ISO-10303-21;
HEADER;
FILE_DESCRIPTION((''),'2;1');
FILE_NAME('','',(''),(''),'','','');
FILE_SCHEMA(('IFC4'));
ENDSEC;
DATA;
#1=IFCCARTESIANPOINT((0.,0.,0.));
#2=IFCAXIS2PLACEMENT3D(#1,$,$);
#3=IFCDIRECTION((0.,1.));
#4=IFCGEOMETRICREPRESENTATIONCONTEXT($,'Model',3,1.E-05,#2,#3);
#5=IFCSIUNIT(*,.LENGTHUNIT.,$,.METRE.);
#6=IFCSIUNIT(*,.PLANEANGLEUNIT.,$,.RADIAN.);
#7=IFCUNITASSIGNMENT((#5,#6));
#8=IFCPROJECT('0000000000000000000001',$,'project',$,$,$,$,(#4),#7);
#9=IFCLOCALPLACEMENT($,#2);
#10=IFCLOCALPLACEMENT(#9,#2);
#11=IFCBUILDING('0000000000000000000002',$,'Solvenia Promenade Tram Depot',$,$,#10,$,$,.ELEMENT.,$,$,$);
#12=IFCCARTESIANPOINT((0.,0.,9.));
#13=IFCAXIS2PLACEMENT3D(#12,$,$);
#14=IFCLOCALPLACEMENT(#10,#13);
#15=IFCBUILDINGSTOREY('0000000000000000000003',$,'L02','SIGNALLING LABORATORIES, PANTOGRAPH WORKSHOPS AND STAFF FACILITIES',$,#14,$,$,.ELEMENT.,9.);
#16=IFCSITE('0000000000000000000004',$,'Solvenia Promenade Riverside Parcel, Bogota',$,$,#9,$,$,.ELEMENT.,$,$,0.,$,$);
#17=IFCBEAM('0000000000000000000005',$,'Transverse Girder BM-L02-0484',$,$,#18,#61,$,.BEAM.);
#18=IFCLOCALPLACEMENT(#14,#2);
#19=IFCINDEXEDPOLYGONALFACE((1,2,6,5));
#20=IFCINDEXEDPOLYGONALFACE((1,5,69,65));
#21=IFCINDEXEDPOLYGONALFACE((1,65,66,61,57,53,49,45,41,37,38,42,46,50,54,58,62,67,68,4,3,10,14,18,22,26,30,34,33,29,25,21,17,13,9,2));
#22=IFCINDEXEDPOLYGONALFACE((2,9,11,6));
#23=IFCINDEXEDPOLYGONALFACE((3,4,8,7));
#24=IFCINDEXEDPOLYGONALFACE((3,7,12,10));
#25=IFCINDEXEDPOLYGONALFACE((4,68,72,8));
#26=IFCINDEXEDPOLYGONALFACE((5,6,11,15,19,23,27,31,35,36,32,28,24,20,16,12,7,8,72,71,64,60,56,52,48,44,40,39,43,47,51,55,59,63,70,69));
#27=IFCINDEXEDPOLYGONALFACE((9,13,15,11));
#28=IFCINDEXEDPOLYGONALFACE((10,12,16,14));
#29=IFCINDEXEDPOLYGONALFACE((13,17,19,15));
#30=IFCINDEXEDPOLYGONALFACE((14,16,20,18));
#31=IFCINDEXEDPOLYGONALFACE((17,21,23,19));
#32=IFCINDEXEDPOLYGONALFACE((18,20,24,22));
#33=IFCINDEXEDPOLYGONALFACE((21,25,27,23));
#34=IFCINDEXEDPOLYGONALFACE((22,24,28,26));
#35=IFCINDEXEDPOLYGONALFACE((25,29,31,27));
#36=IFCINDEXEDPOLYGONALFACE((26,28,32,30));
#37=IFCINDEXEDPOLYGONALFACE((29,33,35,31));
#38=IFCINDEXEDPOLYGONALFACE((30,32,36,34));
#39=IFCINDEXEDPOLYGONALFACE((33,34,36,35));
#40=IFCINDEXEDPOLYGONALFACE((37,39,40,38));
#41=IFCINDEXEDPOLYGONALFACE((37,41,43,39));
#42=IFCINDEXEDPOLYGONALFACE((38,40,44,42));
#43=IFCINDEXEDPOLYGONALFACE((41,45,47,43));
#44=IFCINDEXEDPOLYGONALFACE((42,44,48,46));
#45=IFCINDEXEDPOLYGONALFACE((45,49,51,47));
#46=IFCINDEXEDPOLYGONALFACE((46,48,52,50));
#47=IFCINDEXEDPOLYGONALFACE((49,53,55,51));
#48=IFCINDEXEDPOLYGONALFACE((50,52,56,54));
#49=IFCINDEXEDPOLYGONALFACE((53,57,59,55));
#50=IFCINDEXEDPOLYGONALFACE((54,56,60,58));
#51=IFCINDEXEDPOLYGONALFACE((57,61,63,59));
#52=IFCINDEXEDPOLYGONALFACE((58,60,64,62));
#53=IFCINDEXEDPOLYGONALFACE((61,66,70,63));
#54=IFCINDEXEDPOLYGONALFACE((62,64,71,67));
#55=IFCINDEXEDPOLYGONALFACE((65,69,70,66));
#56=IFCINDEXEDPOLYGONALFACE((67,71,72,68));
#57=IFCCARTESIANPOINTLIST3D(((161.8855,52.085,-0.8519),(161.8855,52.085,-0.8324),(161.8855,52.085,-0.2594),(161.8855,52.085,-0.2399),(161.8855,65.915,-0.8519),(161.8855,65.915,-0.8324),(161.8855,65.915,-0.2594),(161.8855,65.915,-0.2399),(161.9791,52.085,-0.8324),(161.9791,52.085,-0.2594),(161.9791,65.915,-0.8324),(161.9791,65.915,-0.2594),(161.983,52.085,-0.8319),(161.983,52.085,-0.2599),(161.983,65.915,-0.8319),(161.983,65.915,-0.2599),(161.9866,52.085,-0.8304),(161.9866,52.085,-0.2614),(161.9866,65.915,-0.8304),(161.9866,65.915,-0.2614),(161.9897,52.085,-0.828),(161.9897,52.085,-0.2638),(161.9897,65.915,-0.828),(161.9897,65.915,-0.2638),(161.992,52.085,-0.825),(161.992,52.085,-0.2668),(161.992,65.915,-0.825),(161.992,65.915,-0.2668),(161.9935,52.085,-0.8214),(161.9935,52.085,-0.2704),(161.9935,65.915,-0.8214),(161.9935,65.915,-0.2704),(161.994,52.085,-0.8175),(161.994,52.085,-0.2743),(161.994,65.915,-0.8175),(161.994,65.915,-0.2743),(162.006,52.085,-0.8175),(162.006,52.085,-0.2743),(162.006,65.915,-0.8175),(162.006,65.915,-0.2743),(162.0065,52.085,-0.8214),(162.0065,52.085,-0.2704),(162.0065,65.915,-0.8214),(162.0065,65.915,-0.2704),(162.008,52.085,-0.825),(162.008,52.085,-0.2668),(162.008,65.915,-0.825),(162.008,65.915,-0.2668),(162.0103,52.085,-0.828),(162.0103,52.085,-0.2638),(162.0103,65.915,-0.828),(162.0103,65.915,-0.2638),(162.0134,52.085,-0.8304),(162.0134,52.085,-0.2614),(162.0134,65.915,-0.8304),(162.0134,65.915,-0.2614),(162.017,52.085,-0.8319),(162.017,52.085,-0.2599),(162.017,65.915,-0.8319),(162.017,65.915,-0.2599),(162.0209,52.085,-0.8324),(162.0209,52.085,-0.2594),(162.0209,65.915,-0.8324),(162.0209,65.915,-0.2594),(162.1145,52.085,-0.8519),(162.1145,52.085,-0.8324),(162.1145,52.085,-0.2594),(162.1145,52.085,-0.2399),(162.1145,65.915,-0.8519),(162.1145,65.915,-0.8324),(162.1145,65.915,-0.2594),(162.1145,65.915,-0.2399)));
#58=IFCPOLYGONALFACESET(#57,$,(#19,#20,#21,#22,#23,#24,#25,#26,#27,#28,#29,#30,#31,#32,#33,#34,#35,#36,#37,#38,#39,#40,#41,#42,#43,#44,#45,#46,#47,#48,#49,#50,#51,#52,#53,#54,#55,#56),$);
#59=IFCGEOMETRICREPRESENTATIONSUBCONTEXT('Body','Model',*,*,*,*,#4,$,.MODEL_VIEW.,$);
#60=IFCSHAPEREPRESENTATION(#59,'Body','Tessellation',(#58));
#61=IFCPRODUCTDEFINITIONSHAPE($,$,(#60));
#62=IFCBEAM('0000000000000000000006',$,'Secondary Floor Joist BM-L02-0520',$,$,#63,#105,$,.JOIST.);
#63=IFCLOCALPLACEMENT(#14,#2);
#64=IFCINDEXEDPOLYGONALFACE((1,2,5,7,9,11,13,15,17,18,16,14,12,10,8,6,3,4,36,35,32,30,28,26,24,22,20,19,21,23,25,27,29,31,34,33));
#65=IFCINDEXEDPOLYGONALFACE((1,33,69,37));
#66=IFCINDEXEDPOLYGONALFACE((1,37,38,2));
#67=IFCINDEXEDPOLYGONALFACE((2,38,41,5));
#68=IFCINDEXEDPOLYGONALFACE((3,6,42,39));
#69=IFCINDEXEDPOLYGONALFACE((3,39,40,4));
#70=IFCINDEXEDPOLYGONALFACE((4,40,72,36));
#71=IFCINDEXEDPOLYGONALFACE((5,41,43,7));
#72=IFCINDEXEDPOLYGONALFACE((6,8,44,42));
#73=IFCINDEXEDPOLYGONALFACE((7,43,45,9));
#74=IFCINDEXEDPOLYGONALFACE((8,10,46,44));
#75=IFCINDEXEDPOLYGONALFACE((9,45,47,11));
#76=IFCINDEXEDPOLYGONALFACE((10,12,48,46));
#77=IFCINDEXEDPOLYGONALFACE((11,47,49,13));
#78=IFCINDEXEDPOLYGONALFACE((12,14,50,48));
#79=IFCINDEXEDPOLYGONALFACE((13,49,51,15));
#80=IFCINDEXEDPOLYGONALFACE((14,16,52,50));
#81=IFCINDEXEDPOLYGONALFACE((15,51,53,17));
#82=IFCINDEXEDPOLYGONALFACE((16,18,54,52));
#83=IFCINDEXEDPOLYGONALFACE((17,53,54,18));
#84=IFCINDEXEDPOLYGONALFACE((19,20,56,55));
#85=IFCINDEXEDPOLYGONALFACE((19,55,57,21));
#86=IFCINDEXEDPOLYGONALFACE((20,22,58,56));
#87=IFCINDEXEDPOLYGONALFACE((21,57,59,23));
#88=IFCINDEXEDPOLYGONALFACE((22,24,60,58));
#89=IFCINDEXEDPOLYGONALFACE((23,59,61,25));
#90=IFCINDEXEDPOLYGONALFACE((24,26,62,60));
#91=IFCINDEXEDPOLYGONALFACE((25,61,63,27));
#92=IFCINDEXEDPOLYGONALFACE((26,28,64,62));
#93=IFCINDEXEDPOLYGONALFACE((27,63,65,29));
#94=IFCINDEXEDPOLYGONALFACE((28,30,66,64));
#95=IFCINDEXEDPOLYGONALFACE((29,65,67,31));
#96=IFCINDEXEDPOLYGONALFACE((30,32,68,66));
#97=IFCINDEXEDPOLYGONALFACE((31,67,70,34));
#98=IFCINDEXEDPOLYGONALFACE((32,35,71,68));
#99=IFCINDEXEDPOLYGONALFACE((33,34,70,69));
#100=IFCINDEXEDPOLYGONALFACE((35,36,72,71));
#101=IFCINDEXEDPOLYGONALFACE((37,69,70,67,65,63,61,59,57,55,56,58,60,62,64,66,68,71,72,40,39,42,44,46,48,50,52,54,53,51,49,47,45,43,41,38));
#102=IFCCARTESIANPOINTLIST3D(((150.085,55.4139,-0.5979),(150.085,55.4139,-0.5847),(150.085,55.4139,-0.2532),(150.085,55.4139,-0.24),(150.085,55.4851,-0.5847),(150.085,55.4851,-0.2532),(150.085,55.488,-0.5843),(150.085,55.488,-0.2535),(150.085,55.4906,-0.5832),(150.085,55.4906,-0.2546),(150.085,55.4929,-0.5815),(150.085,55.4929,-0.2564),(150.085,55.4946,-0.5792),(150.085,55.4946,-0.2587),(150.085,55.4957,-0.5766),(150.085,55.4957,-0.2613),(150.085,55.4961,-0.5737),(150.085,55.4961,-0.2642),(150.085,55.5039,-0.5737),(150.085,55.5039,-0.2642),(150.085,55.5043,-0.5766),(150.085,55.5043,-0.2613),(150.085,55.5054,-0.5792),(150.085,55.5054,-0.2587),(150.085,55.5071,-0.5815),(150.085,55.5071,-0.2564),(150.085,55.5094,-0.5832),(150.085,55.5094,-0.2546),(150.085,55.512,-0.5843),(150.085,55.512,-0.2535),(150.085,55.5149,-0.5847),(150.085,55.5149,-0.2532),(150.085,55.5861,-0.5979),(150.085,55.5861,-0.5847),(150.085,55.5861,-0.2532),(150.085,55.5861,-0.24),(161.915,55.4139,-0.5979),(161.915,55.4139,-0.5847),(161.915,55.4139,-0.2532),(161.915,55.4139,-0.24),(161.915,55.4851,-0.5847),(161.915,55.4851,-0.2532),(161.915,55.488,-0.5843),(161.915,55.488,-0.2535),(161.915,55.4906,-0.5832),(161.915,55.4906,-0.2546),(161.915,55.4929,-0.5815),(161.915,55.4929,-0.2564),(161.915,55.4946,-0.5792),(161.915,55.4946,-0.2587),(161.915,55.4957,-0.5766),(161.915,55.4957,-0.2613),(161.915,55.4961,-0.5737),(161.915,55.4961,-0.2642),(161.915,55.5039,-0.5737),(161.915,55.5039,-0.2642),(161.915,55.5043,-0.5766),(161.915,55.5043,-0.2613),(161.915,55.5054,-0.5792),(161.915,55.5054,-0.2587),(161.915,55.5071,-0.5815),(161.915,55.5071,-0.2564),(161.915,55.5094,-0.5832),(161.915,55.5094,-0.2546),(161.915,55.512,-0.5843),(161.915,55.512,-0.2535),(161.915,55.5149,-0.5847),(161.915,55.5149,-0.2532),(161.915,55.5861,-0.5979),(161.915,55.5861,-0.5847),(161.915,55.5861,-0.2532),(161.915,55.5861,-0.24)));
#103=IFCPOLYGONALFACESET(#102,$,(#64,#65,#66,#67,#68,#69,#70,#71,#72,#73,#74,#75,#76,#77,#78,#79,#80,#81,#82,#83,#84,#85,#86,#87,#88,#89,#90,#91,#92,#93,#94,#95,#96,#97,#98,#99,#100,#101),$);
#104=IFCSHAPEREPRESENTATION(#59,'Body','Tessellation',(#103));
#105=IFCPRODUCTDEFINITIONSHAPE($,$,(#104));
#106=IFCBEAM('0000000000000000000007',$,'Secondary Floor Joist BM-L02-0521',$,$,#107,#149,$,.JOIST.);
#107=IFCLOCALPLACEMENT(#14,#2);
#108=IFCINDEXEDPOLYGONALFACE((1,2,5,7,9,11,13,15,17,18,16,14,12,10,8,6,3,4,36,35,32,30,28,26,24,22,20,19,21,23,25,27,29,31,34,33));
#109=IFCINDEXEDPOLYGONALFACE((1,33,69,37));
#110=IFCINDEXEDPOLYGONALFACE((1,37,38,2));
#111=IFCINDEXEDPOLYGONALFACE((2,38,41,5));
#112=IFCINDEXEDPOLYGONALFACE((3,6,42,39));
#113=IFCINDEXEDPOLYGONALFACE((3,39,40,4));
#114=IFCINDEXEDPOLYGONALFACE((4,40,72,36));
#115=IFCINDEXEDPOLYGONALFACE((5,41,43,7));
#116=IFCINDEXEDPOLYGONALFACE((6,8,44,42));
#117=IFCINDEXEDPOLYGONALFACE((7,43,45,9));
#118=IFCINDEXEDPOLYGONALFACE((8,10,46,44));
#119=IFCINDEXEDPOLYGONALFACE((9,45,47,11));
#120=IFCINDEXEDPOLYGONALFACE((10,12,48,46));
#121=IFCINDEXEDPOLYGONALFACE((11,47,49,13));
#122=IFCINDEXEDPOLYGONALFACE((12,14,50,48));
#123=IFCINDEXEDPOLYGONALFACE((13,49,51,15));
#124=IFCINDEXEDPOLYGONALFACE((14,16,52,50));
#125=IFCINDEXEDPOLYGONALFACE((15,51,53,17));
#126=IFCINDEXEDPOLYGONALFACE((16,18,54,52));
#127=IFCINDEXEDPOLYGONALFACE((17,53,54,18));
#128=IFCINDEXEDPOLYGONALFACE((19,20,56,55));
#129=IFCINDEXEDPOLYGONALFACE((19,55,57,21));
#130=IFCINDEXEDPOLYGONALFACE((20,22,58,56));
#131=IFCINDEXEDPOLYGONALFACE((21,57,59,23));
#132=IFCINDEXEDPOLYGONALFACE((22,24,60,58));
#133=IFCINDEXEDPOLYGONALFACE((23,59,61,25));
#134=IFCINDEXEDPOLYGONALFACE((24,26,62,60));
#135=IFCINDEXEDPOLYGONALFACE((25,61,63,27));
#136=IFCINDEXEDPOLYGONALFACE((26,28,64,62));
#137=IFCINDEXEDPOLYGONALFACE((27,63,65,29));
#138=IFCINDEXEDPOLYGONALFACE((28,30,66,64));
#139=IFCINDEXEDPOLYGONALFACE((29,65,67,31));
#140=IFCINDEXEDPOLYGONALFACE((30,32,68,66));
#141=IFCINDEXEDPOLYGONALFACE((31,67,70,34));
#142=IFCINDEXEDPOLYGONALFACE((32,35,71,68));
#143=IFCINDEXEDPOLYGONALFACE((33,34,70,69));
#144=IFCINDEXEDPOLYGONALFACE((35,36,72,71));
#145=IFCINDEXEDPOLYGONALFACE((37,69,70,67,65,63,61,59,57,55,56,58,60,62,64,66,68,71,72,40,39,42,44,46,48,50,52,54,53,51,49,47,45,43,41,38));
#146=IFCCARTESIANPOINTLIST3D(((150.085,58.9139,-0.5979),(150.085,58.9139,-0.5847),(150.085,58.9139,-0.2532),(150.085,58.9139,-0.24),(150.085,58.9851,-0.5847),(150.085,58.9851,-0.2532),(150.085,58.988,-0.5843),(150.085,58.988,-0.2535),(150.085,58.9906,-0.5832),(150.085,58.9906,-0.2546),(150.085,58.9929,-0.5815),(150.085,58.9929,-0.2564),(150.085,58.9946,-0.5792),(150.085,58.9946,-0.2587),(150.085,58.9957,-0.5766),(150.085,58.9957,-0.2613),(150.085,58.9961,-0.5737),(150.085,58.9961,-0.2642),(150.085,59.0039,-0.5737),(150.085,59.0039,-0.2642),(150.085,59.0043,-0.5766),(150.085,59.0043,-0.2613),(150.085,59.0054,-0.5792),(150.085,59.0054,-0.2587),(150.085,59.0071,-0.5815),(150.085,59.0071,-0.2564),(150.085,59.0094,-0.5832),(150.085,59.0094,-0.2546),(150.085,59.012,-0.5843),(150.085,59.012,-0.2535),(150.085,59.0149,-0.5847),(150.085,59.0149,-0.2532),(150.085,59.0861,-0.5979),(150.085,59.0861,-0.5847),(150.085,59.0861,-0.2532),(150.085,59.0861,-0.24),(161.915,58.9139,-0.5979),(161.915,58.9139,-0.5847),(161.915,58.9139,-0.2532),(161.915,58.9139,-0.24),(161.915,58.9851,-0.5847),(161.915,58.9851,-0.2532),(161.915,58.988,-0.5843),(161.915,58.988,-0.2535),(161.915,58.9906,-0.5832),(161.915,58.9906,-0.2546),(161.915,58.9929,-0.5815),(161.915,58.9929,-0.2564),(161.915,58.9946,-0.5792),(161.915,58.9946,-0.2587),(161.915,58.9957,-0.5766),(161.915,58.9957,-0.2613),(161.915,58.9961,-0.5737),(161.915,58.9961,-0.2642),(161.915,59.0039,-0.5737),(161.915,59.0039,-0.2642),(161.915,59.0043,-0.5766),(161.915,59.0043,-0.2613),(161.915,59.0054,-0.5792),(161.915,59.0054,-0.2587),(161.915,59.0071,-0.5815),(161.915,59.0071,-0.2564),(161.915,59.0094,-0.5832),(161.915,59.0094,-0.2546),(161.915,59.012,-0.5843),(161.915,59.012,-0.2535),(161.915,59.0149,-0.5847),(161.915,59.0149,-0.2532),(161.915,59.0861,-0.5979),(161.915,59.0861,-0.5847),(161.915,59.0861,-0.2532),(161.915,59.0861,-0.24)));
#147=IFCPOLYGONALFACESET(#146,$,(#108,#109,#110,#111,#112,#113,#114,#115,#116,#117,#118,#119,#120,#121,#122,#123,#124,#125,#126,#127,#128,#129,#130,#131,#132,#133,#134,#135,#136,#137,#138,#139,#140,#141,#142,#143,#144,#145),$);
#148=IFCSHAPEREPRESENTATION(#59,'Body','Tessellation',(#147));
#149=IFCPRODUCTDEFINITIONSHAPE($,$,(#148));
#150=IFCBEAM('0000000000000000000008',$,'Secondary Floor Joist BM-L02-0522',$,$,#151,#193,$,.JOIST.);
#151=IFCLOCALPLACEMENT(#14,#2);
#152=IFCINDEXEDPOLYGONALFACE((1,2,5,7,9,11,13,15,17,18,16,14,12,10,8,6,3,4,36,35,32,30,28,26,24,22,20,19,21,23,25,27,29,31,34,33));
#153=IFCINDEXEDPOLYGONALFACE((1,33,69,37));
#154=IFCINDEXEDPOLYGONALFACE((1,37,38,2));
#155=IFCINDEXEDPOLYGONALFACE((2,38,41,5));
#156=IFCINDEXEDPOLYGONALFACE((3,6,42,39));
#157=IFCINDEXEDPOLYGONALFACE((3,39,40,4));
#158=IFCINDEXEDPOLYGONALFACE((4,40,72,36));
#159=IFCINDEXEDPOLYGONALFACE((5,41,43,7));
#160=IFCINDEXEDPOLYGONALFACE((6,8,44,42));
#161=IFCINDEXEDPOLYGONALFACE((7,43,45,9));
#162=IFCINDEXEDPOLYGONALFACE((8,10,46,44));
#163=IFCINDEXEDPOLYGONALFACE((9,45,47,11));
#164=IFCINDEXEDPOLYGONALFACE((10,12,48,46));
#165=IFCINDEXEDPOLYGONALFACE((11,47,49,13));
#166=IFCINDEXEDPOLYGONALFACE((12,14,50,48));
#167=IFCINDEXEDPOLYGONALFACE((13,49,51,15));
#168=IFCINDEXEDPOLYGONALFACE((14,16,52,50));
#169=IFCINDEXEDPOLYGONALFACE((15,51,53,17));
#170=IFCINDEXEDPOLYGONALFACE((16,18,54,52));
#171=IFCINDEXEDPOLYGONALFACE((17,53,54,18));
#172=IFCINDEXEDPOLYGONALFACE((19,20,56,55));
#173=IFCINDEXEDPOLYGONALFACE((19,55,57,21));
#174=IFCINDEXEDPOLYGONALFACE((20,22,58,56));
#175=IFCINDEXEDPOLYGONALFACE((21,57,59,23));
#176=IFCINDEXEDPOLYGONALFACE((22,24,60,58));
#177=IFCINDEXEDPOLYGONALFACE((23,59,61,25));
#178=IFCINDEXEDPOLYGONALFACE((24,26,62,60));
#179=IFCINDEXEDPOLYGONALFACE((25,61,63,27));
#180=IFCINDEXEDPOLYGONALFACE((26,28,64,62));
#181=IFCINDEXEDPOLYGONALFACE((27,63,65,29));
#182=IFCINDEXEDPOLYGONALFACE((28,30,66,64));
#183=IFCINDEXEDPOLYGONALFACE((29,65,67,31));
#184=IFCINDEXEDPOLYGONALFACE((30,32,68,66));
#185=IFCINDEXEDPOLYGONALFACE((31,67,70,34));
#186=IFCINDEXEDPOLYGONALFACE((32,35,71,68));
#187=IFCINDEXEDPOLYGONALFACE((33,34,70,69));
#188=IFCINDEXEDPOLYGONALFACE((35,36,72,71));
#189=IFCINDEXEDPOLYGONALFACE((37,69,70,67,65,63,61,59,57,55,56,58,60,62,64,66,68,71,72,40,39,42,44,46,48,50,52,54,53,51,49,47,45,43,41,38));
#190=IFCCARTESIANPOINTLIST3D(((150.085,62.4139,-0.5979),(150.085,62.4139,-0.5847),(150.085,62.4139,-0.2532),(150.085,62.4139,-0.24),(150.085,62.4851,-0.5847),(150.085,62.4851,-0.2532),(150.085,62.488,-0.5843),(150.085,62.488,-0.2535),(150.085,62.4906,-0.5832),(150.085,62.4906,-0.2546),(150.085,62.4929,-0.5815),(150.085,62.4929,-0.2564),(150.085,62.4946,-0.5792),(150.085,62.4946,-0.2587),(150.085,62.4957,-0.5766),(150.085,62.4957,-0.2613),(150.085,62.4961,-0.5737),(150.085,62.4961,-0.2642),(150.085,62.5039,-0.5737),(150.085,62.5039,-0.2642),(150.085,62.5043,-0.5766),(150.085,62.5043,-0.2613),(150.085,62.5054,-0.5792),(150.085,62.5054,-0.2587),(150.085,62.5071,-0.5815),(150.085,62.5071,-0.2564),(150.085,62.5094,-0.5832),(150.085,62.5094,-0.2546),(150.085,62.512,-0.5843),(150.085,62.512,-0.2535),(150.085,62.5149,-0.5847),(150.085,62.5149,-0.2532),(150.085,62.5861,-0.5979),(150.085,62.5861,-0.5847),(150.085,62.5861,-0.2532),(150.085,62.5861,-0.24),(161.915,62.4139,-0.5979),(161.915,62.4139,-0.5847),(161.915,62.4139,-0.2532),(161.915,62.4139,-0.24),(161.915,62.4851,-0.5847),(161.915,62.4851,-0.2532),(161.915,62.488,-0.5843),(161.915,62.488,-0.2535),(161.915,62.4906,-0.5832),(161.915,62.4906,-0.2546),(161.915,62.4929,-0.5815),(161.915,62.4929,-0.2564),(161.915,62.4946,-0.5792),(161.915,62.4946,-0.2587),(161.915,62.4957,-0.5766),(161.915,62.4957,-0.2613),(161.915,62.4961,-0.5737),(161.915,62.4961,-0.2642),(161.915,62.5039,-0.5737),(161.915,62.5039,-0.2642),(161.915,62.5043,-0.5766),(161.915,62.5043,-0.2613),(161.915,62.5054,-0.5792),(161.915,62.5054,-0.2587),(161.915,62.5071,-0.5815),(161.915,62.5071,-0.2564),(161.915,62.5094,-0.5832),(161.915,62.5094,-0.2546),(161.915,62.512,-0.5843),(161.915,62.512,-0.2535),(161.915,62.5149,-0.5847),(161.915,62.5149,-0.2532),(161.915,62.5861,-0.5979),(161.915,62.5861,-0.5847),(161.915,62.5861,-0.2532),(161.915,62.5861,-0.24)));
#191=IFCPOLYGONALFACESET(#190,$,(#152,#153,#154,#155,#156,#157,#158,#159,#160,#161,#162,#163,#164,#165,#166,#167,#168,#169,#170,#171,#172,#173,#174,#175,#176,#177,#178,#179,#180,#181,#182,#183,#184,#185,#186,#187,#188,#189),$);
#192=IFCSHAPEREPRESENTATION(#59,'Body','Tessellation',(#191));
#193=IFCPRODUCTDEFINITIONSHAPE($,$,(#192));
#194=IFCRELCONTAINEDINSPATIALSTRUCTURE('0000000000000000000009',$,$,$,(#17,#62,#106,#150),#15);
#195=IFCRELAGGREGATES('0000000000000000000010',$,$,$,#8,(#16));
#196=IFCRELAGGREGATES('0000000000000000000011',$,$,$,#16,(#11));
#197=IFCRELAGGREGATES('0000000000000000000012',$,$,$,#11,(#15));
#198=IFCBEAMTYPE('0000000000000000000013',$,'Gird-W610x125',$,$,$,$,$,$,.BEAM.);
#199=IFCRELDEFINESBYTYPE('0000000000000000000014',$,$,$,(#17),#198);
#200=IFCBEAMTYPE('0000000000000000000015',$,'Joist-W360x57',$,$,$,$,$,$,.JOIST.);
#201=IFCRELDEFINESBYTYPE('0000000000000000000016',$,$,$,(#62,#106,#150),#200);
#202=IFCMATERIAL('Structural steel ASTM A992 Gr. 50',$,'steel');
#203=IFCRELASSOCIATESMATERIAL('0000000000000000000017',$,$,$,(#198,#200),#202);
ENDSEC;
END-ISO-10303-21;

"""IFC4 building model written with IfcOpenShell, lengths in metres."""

from ifc_helpers import new_model, si_unit, direction, frame, origin, origin_2d, place, context, subcontext, project, spatial, i_section, extrude, material, material_profile, profile_set, type_object, element, save


model = new_model("IFC4")

# Units and contexts
model_context = context("Model", 3, precision=1e-05, world=origin(), true_north=direction((0.0, 1.0)))
body_context = subcontext(model_context, "Body", "Model", "MODEL_VIEW")
ifc_project = project(units=[si_unit("LENGTHUNIT", "METRE"), si_unit("PLANEANGLEUNIT", "RADIAN")], contexts=[model_context])

# Site, building, storey
site_placement = place(None, origin())
site = spatial("IfcSite", under=ifc_project, at=site_placement, Name="Solvenia Promenade Riverside Parcel, Bogota", CompositionType="ELEMENT", RefElevation=0.0)
building_placement = place(site_placement, origin())
building = spatial("IfcBuilding", under=site, at=building_placement, Name="Solvenia Promenade Tram Depot", CompositionType="ELEMENT")
storey_placement = place(building_placement, frame((0.0, 0.0, 9.0)))
storey = spatial("IfcBuildingStorey", under=building, at=storey_placement, Name="L02", Description="SIGNALLING LABORATORIES, PANTOGRAPH WORKSHOPS AND STAFF FACILITIES", CompositionType="ELEMENT", Elevation=9.0)

# Shared definitions
ifc_material_1 = material(Name="Structural steel ASTM A992 Gr. 50", Category="steel")

# Beams
ifc_material_profile_1 = material_profile(ifc_material_1, i_section(OverallWidth=0.229, OverallDepth=0.6121, WebThickness=0.012, FlangeThickness=0.0195, FilletRadius=0.0149, at=origin_2d()), Name="W610x125", Category="steel")
ifc_profile_set_1 = profile_set([ifc_material_profile_1], Name="Structural steel ASTM A992 Gr. 50")
beam_type_1 = type_object("IfcBeamType", Name="Gird-W610x125", PredefinedType="BEAM", material=ifc_profile_set_1)
beam_1_placement = place(storey_placement, frame((162.0, 52.085, -0.5459), z_axis=(0.0, 1.0, 0.0), x_axis=(-1.0, 0.0, 0.0)))
element("IfcBeam", 1, at=beam_1_placement, inside=storey, type_object=beam_type_1, Name="Transverse Girder BM-L02-0484", PredefinedType="BEAM", context=body_context, shape_type="SweptSolid", body=[
    extrude(i_section(OverallWidth=0.229, OverallDepth=0.6121, WebThickness=0.012, FlangeThickness=0.0195, FilletRadius=0.0149, at=origin_2d()), origin(), (0.0, 0.0, 1.0), 13.8301),
])
ifc_material_profile_2 = material_profile(ifc_material_1, i_section(OverallWidth=0.1721, OverallDepth=0.3579, WebThickness=0.0078, FlangeThickness=0.0132, FilletRadius=0.011, at=origin_2d()), Name="W360x57", Category="steel")
ifc_profile_set_2 = profile_set([ifc_material_profile_2], Name="Structural steel ASTM A992 Gr. 50")
beam_type_2 = type_object("IfcBeamType", Name="Joist-W360x57", PredefinedType="JOIST", material=ifc_profile_set_2)
for number, where, z_axis, x_axis, name in (
    (2, (150.085, 55.5, -0.4189), (1.0, 0.0, 0.0), (0.0, 1.0, 0.0), "Secondary Floor Joist BM-L02-0520"),
    (3, (150.085, 59.0, -0.4189), (1.0, 0.0, 0.0), (0.0, 1.0, 0.0), "Secondary Floor Joist BM-L02-0521"),
    (4, (150.085, 62.5, -0.4189), (1.0, 0.0, 0.0), (0.0, 1.0, 0.0), "Secondary Floor Joist BM-L02-0522"),
):
    element("IfcBeam", number, at=place(storey_placement, frame(where, z_axis=z_axis, x_axis=x_axis)), inside=storey, type_object=beam_type_2, Name=name, PredefinedType="JOIST", context=body_context, shape_type="SweptSolid", body=[
        extrude(i_section(OverallWidth=0.1721, OverallDepth=0.3579, WebThickness=0.0078, FlangeThickness=0.0132, FilletRadius=0.011, at=origin_2d()), origin(), (0.0, 0.0, 1.0), 11.8301),
    ])

save(model, "model.ifc")
